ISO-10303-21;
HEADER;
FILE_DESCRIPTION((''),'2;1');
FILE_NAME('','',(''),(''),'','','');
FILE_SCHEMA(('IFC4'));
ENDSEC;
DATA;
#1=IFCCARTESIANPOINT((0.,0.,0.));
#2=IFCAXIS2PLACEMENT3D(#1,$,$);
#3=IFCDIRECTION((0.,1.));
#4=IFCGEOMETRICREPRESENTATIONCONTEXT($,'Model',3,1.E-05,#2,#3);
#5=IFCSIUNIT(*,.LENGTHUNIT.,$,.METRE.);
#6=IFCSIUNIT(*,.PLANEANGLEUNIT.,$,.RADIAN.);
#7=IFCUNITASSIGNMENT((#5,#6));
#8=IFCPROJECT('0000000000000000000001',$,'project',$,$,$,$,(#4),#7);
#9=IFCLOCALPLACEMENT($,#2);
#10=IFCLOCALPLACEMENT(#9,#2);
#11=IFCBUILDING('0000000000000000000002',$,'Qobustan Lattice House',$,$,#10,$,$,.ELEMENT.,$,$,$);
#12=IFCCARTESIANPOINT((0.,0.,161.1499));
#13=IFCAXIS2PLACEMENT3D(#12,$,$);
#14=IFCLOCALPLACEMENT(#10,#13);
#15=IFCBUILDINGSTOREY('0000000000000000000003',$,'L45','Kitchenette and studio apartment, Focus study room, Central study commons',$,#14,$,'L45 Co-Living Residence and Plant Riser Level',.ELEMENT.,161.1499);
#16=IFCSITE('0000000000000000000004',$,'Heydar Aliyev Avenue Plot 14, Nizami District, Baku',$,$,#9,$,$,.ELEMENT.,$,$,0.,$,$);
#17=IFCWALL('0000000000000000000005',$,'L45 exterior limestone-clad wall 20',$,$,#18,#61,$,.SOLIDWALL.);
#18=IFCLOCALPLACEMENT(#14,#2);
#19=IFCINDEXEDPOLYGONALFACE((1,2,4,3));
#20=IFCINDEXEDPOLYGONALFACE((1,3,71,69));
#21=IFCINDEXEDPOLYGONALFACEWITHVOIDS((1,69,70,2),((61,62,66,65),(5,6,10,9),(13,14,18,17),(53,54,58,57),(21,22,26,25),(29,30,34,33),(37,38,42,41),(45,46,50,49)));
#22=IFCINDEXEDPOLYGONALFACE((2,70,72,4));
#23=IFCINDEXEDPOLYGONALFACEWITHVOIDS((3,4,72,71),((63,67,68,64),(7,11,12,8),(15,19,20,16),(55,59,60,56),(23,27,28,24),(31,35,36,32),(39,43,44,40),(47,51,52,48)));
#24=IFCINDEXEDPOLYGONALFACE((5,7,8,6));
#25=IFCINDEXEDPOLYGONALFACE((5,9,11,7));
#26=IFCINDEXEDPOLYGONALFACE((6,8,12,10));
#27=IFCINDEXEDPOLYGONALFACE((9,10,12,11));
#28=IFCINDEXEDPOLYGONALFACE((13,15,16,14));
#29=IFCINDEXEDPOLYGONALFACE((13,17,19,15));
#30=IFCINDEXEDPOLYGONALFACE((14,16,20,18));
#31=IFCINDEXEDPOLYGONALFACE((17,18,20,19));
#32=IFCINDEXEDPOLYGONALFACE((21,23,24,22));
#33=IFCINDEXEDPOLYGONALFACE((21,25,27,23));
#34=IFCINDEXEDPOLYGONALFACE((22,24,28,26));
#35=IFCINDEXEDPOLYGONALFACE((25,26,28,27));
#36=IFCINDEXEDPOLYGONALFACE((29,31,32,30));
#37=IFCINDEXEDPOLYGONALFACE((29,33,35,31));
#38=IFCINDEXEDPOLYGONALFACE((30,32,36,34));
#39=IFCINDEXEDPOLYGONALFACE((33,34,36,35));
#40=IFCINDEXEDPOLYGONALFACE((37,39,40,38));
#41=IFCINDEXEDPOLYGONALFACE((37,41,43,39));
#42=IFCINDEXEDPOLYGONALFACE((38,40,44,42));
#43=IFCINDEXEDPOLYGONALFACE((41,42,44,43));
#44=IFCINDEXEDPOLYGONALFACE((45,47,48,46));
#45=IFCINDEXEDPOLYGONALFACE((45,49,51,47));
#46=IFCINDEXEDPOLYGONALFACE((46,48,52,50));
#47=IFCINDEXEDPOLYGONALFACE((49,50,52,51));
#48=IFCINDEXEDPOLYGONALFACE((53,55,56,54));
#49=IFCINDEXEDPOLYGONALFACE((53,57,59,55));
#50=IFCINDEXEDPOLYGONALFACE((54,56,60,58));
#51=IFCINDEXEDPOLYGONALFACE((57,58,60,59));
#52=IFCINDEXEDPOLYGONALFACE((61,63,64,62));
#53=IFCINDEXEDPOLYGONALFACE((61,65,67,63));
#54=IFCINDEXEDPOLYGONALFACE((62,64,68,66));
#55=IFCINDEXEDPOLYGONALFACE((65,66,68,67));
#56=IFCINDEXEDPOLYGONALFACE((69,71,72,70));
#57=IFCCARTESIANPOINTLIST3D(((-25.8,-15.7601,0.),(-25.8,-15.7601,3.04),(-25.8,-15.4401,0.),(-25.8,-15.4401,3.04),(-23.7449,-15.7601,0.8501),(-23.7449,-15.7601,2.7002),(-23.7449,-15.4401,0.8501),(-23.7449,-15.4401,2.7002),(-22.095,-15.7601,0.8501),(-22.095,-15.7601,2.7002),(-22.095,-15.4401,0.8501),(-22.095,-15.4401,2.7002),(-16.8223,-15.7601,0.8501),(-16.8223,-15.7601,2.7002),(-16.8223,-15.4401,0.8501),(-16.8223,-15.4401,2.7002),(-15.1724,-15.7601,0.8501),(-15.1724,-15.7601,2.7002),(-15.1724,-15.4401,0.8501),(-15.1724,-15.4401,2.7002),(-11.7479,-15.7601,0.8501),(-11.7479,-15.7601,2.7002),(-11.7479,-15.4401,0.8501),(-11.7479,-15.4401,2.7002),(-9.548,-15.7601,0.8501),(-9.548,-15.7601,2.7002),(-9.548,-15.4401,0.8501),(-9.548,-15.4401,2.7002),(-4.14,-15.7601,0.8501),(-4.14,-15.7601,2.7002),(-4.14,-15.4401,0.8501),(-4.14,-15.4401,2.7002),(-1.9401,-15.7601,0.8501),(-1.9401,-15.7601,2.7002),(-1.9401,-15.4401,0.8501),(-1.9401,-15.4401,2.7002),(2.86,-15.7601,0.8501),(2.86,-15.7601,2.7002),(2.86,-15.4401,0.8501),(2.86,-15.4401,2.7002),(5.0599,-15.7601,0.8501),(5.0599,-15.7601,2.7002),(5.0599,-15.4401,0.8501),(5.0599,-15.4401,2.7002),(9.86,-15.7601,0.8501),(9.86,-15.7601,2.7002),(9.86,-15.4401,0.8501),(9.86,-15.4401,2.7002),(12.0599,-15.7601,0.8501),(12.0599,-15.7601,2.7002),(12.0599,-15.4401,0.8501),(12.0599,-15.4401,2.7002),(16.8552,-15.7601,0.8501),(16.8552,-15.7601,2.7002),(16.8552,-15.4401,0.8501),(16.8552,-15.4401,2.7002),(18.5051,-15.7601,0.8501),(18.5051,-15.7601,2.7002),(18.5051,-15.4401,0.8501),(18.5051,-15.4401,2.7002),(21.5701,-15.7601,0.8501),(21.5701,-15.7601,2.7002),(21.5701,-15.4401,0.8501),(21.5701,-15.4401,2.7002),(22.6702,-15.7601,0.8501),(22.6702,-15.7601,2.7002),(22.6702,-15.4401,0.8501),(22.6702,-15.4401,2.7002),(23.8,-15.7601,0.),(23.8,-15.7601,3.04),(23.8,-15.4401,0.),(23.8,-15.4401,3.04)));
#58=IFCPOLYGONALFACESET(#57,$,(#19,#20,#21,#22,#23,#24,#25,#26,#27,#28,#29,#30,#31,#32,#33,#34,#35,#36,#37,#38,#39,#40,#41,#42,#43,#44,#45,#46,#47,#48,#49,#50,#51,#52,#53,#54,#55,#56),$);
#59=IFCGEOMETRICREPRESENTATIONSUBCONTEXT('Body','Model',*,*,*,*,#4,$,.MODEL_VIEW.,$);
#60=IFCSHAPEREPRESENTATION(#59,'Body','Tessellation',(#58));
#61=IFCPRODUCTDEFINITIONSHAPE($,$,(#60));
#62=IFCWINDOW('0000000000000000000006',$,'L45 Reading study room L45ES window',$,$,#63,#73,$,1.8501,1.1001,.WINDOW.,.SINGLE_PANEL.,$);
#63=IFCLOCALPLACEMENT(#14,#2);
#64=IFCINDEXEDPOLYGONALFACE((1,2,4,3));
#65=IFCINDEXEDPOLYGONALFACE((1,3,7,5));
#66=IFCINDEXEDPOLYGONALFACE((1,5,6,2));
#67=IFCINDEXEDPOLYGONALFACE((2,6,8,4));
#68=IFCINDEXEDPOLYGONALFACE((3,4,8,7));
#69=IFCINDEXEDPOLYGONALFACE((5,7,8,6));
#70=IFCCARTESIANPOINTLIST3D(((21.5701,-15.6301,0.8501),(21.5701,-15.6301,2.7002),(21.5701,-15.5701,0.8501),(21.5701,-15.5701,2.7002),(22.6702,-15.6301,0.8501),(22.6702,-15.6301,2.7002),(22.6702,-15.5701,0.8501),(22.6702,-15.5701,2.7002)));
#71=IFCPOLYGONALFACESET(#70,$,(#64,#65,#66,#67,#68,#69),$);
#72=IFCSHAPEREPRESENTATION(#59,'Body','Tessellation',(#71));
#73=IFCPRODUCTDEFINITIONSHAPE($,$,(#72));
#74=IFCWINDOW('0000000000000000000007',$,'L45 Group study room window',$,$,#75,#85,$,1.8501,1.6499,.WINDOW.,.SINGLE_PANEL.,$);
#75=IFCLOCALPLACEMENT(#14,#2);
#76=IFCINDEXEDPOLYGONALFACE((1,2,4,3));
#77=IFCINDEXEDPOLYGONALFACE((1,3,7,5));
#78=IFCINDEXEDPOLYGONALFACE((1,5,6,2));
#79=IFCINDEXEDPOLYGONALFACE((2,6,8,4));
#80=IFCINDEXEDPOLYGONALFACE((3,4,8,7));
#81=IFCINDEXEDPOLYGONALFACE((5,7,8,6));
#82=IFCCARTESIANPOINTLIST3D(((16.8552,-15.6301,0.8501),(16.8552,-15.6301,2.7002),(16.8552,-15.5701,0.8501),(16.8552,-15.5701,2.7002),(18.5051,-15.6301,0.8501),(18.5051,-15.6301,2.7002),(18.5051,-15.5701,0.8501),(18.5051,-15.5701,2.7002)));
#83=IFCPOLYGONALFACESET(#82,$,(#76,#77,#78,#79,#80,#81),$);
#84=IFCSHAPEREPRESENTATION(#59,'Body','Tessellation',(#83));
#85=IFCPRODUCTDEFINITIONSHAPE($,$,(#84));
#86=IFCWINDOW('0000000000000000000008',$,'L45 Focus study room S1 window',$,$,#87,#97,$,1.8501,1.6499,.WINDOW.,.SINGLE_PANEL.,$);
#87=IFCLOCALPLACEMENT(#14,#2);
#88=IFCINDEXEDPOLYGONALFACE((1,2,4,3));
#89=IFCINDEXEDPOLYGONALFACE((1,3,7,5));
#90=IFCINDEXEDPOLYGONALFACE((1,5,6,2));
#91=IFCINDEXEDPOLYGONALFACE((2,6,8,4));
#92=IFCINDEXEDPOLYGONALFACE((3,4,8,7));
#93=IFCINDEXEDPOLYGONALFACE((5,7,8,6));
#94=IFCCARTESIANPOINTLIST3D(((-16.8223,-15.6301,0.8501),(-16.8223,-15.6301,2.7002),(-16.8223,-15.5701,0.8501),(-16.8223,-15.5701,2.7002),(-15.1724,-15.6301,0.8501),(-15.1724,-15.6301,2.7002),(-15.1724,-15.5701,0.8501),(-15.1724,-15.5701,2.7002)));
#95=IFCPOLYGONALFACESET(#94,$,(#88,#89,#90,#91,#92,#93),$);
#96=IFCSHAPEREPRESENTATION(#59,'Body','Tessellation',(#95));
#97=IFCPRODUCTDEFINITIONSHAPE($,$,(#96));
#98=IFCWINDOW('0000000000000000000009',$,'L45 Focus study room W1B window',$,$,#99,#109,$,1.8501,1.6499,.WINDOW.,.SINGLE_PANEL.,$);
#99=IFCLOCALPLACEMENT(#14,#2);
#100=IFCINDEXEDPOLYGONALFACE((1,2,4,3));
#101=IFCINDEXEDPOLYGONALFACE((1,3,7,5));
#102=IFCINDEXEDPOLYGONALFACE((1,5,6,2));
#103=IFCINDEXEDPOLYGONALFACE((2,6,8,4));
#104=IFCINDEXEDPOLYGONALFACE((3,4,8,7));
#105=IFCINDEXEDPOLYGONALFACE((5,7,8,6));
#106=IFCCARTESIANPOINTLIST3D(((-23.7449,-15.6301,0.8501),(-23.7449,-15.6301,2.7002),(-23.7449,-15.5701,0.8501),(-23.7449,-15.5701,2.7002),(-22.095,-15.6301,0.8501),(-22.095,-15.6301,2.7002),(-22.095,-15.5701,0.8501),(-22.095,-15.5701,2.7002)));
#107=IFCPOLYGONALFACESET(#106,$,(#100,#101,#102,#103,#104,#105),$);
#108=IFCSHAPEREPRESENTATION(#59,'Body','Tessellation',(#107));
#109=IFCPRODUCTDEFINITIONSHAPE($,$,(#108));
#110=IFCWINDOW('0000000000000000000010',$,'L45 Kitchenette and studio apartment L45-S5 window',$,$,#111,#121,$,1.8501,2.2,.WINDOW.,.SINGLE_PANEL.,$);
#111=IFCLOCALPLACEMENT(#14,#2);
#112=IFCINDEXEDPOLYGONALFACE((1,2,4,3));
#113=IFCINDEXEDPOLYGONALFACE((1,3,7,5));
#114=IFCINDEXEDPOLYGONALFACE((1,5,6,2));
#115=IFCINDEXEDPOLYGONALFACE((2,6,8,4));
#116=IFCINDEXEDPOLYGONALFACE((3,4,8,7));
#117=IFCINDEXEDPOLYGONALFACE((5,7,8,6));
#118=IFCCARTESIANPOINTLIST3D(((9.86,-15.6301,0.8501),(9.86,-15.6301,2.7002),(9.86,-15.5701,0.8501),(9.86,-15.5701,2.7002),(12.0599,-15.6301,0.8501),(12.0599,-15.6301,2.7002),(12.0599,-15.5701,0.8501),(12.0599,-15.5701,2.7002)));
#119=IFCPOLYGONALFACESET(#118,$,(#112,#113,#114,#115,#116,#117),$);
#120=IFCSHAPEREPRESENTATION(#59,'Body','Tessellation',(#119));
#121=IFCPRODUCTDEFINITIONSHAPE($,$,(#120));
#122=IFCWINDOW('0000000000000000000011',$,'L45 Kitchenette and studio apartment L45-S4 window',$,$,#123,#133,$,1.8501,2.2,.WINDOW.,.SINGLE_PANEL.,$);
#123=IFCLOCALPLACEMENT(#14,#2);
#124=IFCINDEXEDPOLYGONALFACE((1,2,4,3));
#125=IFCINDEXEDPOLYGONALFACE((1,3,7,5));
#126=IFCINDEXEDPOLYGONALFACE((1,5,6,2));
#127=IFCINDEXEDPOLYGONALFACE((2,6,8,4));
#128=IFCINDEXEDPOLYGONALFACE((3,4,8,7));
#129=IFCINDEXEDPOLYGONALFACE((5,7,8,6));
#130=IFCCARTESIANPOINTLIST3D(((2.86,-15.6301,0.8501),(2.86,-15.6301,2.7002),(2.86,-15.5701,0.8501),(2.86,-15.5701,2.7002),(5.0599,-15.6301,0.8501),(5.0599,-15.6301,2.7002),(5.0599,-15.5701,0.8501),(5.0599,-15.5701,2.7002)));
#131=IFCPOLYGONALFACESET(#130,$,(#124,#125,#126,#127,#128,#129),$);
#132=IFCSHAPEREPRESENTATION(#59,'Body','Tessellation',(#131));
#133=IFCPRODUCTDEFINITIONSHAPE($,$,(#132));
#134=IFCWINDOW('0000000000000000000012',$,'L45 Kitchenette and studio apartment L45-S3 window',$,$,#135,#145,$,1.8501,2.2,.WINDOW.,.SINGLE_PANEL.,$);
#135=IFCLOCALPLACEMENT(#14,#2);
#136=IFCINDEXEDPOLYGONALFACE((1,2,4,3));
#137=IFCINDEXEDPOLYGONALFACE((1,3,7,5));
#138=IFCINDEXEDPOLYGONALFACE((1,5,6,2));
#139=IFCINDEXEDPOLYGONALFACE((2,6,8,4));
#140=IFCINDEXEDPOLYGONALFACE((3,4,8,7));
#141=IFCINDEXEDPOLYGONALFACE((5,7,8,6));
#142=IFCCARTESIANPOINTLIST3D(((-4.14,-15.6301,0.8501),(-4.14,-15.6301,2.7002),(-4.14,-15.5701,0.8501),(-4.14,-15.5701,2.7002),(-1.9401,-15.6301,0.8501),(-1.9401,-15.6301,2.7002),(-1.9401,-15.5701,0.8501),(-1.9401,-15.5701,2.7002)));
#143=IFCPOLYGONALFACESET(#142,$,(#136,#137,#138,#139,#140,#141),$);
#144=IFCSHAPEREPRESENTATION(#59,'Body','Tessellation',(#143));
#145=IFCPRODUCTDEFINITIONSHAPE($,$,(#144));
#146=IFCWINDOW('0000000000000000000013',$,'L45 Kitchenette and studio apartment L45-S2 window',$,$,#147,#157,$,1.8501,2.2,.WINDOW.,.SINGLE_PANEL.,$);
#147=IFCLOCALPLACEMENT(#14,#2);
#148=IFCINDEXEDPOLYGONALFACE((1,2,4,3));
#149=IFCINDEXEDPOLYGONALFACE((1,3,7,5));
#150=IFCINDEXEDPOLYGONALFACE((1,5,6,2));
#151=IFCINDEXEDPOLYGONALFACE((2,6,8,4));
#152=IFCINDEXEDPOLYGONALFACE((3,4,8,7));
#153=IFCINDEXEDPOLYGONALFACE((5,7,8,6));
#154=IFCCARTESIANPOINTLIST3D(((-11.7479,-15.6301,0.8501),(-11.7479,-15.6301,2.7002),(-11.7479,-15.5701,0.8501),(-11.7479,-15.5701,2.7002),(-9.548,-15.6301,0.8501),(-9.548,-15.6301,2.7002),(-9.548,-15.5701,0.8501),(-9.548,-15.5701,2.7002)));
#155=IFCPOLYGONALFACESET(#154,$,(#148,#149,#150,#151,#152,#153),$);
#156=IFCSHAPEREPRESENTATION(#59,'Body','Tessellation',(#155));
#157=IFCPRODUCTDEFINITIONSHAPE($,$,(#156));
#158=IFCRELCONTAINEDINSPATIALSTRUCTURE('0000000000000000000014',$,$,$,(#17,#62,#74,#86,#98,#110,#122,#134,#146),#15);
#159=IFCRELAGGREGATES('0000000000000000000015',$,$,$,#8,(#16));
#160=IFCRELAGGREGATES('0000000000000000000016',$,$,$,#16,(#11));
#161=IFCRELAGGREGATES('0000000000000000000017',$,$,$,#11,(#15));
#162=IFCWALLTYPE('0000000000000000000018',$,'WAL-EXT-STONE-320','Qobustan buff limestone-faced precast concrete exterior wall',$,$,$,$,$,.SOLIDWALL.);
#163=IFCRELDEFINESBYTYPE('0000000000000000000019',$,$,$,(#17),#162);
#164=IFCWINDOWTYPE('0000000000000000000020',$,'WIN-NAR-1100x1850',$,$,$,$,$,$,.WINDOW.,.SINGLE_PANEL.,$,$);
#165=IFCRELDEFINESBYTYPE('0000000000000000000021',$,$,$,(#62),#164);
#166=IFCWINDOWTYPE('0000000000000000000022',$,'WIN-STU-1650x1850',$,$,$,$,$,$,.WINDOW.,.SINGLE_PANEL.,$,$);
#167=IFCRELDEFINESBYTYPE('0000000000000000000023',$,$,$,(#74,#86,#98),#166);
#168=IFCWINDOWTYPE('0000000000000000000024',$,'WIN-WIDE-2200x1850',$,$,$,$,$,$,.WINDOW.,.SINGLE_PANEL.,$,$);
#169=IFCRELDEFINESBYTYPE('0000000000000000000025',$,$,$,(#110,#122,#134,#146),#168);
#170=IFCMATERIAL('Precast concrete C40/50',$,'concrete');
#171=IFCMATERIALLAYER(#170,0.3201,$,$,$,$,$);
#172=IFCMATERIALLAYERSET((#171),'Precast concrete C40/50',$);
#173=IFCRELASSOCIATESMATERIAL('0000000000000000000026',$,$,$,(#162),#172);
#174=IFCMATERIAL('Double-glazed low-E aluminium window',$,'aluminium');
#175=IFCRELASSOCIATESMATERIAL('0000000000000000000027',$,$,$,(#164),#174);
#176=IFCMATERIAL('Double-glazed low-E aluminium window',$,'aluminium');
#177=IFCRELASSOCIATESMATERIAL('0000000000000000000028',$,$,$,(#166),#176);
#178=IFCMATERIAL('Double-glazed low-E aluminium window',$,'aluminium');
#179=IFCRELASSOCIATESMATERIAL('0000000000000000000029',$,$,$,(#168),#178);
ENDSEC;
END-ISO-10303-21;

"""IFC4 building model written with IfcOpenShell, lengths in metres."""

from ifc_helpers import new_model, si_unit, direction, frame, frame_2d, origin, place, context, subcontext, project, spatial, rectangle, extrude, material, layer, layer_set, type_object, element, fill, save


model = new_model("IFC4")

# Units and contexts
model_context = context("Model", 3, precision=1e-05, world=origin(), true_north=direction((0.0, 1.0)))
body_context = subcontext(model_context, "Body", "Model", "MODEL_VIEW")
ifc_project = project(units=[si_unit("LENGTHUNIT", "METRE"), si_unit("PLANEANGLEUNIT", "RADIAN")], contexts=[model_context])

# Site, building, storey
site_placement = place(None, origin())
site = spatial("IfcSite", under=ifc_project, at=site_placement, Name="Heydar Aliyev Avenue Plot 14, Nizami District, Baku", CompositionType="ELEMENT", RefElevation=0.0)
building_placement = place(site_placement, origin())
building = spatial("IfcBuilding", under=site, at=building_placement, Name="Qobustan Lattice House", CompositionType="ELEMENT")
storey_placement = place(building_placement, frame((0.0, 0.0, 161.1499)))
storey = spatial("IfcBuildingStorey", under=building, at=storey_placement, Name="L45", Description="Kitchenette and studio apartment, Focus study room, Central study commons", LongName="L45 Co-Living Residence and Plant Riser Level", CompositionType="ELEMENT", Elevation=161.1499)

# Shared definitions
ifc_material_1 = material(Name="Precast concrete C40/50", Category="concrete")
ifc_layer_1 = layer(ifc_material_1, 0.3201)
ifc_layer_set_1 = layer_set([ifc_layer_1], Name="Precast concrete C40/50")
wall_type_1 = type_object("IfcWallType", Name="WAL-EXT-STONE-320", Description="Qobustan buff limestone-faced precast concrete exterior wall", PredefinedType="SOLIDWALL", material=ifc_layer_set_1)

# Wall, openings, windows
wall_1_placement = place(storey_placement, frame((23.8, -15.6001, 0.0), z_axis=(0.0, 0.0, 1.0), x_axis=(-1.0, 0.0, 0.0)))
wall_1 = element("IfcWall", 1, at=wall_1_placement, inside=storey, type_object=wall_type_1, Name="L45 exterior limestone-clad wall 20", PredefinedType="SOLIDWALL", context=body_context, shape_type="SweptSolid", body=[
    extrude(rectangle(XDim=49.6001, YDim=0.3201, at=frame_2d((24.8, 0.0))), origin(), (0.0, 0.0, 1.0), 3.04),
])
opening_1_placement = place(wall_1_placement, frame((1.1299, 0.0, 0.8501)))
opening_1 = element("IfcOpeningElement", 2, at=opening_1_placement, cuts=wall_1, PredefinedType="OPENING", context=body_context, shape_type="SweptSolid", body=[
    extrude(rectangle(XDim=1.1001, YDim=1.8501, at=frame_2d((0.55, 0.925))), frame((0.0, 0.1699, 0.0), z_axis=(0.0, -1.0, 0.0), x_axis=(1.0, 0.0, 0.0)), (0.0, 0.0, 1.0), 0.3401),
])
opening_2_placement = place(wall_1_placement, frame((5.2949, 0.0, 0.8501)))
opening_2 = element("IfcOpeningElement", 3, at=opening_2_placement, cuts=wall_1, PredefinedType="OPENING", context=body_context, shape_type="SweptSolid", body=[
    extrude(rectangle(XDim=1.6499, YDim=1.8501, at=frame_2d((0.825, 0.925))), frame((0.0, 0.1699, 0.0), z_axis=(0.0, -1.0, 0.0), x_axis=(1.0, 0.0, 0.0)), (0.0, 0.0, 1.0), 0.3401),
])
opening_3_placement = place(wall_1_placement, frame((11.74, 0.0, 0.8501)))
opening_3 = element("IfcOpeningElement", 4, at=opening_3_placement, cuts=wall_1, PredefinedType="OPENING", context=body_context, shape_type="SweptSolid", body=[
    extrude(rectangle(XDim=2.2, YDim=1.8501, at=frame_2d((1.1001, 0.925))), frame((0.0, 0.1699, 0.0), z_axis=(0.0, -1.0, 0.0), x_axis=(1.0, 0.0, 0.0)), (0.0, 0.0, 1.0), 0.3401),
])
opening_4_placement = place(wall_1_placement, frame((18.74, 0.0, 0.8501)))
opening_4 = element("IfcOpeningElement", 5, at=opening_4_placement, cuts=wall_1, PredefinedType="OPENING", context=body_context, shape_type="SweptSolid", body=[
    extrude(rectangle(XDim=2.2, YDim=1.8501, at=frame_2d((1.1001, 0.925))), frame((0.0, 0.1699, 0.0), z_axis=(0.0, -1.0, 0.0), x_axis=(1.0, 0.0, 0.0)), (0.0, 0.0, 1.0), 0.3401),
])
opening_5_placement = place(wall_1_placement, frame((25.74, 0.0, 0.8501)))
opening_5 = element("IfcOpeningElement", 6, at=opening_5_placement, cuts=wall_1, PredefinedType="OPENING", context=body_context, shape_type="SweptSolid", body=[
    extrude(rectangle(XDim=2.2, YDim=1.8501, at=frame_2d((1.1001, 0.925))), frame((0.0, 0.1699, 0.0), z_axis=(0.0, -1.0, 0.0), x_axis=(1.0, 0.0, 0.0)), (0.0, 0.0, 1.0), 0.3401),
])
opening_6_placement = place(wall_1_placement, frame((33.3479, 0.0, 0.8501)))
opening_6 = element("IfcOpeningElement", 7, at=opening_6_placement, cuts=wall_1, PredefinedType="OPENING", context=body_context, shape_type="SweptSolid", body=[
    extrude(rectangle(XDim=2.2, YDim=1.8501, at=frame_2d((1.1001, 0.925))), frame((0.0, 0.1699, 0.0), z_axis=(0.0, -1.0, 0.0), x_axis=(1.0, 0.0, 0.0)), (0.0, 0.0, 1.0), 0.3401),
])
opening_7_placement = place(wall_1_placement, frame((38.9724, 0.0, 0.8501)))
opening_7 = element("IfcOpeningElement", 8, at=opening_7_placement, cuts=wall_1, PredefinedType="OPENING", context=body_context, shape_type="SweptSolid", body=[
    extrude(rectangle(XDim=1.6499, YDim=1.8501, at=frame_2d((0.825, 0.925))), frame((0.0, 0.1699, 0.0), z_axis=(0.0, -1.0, 0.0), x_axis=(1.0, 0.0, 0.0)), (0.0, 0.0, 1.0), 0.3401),
])
opening_8_placement = place(wall_1_placement, frame((45.895, 0.0, 0.8501)))
opening_8 = element("IfcOpeningElement", 9, at=opening_8_placement, cuts=wall_1, PredefinedType="OPENING", context=body_context, shape_type="SweptSolid", body=[
    extrude(rectangle(XDim=1.6499, YDim=1.8501, at=frame_2d((0.825, 0.925))), frame((0.0, 0.1699, 0.0), z_axis=(0.0, -1.0, 0.0), x_axis=(1.0, 0.0, 0.0)), (0.0, 0.0, 1.0), 0.3401),
])
ifc_material_2 = material(Name="Double-glazed low-E aluminium window", Category="aluminium")
window_type_1 = type_object("IfcWindowType", Name="WIN-NAR-1100x1850", PartitioningType="SINGLE_PANEL", PredefinedType="WINDOW", material=ifc_material_2)
window_1_placement = place(opening_1_placement, origin())
window_1 = element("IfcWindow", 10, at=window_1_placement, inside=storey, type_object=window_type_1, Name="L45 Reading study room L45ES window", OverallHeight=1.8501, OverallWidth=1.1001, PartitioningType="SINGLE_PANEL", PredefinedType="WINDOW", context=body_context, shape_type="SweptSolid", body=[
    extrude(rectangle(XDim=1.1001, YDim=1.8501, at=frame_2d((0.55, 0.925))), frame((0.0, 0.03, 0.0), z_axis=(0.0, -1.0, 0.0), x_axis=(1.0, 0.0, 0.0)), (0.0, 0.0, 1.0), 0.0601),
])
fill(opening_1, window_1)
ifc_material_3 = material(Name="Double-glazed low-E aluminium window", Category="aluminium")
window_type_2 = type_object("IfcWindowType", Name="WIN-STU-1650x1850", PartitioningType="SINGLE_PANEL", PredefinedType="WINDOW", material=ifc_material_3)
window_2_placement = place(opening_2_placement, origin())
window_2 = element("IfcWindow", 11, at=window_2_placement, inside=storey, type_object=window_type_2, Name="L45 Group study room window", OverallHeight=1.8501, OverallWidth=1.6499, PartitioningType="SINGLE_PANEL", PredefinedType="WINDOW", context=body_context, shape_type="SweptSolid", body=[
    extrude(rectangle(XDim=1.6499, YDim=1.8501, at=frame_2d((0.825, 0.925))), frame((0.0, 0.03, 0.0), z_axis=(0.0, -1.0, 0.0), x_axis=(1.0, 0.0, 0.0)), (0.0, 0.0, 1.0), 0.0601),
])
fill(opening_2, window_2)
window_3_placement = place(opening_7_placement, origin())
window_3 = element("IfcWindow", 12, at=window_3_placement, inside=storey, type_object=window_type_2, Name="L45 Focus study room S1 window", OverallHeight=1.8501, OverallWidth=1.6499, PartitioningType="SINGLE_PANEL", PredefinedType="WINDOW", context=body_context, shape_type="SweptSolid", body=[
    extrude(rectangle(XDim=1.6499, YDim=1.8501, at=frame_2d((0.825, 0.925))), frame((0.0, 0.03, 0.0), z_axis=(0.0, -1.0, 0.0), x_axis=(1.0, 0.0, 0.0)), (0.0, 0.0, 1.0), 0.0601),
])
fill(opening_7, window_3)
window_4_placement = place(opening_8_placement, origin())
window_4 = element("IfcWindow", 13, at=window_4_placement, inside=storey, type_object=window_type_2, Name="L45 Focus study room W1B window", OverallHeight=1.8501, OverallWidth=1.6499, PartitioningType="SINGLE_PANEL", PredefinedType="WINDOW", context=body_context, shape_type="SweptSolid", body=[
    extrude(rectangle(XDim=1.6499, YDim=1.8501, at=frame_2d((0.825, 0.925))), frame((0.0, 0.03, 0.0), z_axis=(0.0, -1.0, 0.0), x_axis=(1.0, 0.0, 0.0)), (0.0, 0.0, 1.0), 0.0601),
])
fill(opening_8, window_4)
ifc_material_4 = material(Name="Double-glazed low-E aluminium window", Category="aluminium")
window_type_3 = type_object("IfcWindowType", Name="WIN-WIDE-2200x1850", PartitioningType="SINGLE_PANEL", PredefinedType="WINDOW", material=ifc_material_4)
window_5_placement = place(opening_3_placement, origin())
window_5 = element("IfcWindow", 14, at=window_5_placement, inside=storey, type_object=window_type_3, Name="L45 Kitchenette and studio apartment L45-S5 window", OverallHeight=1.8501, OverallWidth=2.2, PartitioningType="SINGLE_PANEL", PredefinedType="WINDOW", context=body_context, shape_type="SweptSolid", body=[
    extrude(rectangle(XDim=2.2, YDim=1.8501, at=frame_2d((1.1001, 0.925))), frame((0.0, 0.03, 0.0), z_axis=(0.0, -1.0, 0.0), x_axis=(1.0, 0.0, 0.0)), (0.0, 0.0, 1.0), 0.0601),
])
fill(opening_3, window_5)
window_6_placement = place(opening_4_placement, origin())
window_6 = element("IfcWindow", 15, at=window_6_placement, inside=storey, type_object=window_type_3, Name="L45 Kitchenette and studio apartment L45-S4 window", OverallHeight=1.8501, OverallWidth=2.2, PartitioningType="SINGLE_PANEL", PredefinedType="WINDOW", context=body_context, shape_type="SweptSolid", body=[
    extrude(rectangle(XDim=2.2, YDim=1.8501, at=frame_2d((1.1001, 0.925))), frame((0.0, 0.03, 0.0), z_axis=(0.0, -1.0, 0.0), x_axis=(1.0, 0.0, 0.0)), (0.0, 0.0, 1.0), 0.0601),
])
fill(opening_4, window_6)
window_7_placement = place(opening_5_placement, origin())
window_7 = element("IfcWindow", 16, at=window_7_placement, inside=storey, type_object=window_type_3, Name="L45 Kitchenette and studio apartment L45-S3 window", OverallHeight=1.8501, OverallWidth=2.2, PartitioningType="SINGLE_PANEL", PredefinedType="WINDOW", context=body_context, shape_type="SweptSolid", body=[
    extrude(rectangle(XDim=2.2, YDim=1.8501, at=frame_2d((1.1001, 0.925))), frame((0.0, 0.03, 0.0), z_axis=(0.0, -1.0, 0.0), x_axis=(1.0, 0.0, 0.0)), (0.0, 0.0, 1.0), 0.0601),
])
fill(opening_5, window_7)
window_8_placement = place(opening_6_placement, origin())
window_8 = element("IfcWindow", 17, at=window_8_placement, inside=storey, type_object=window_type_3, Name="L45 Kitchenette and studio apartment L45-S2 window", OverallHeight=1.8501, OverallWidth=2.2, PartitioningType="SINGLE_PANEL", PredefinedType="WINDOW", context=body_context, shape_type="SweptSolid", body=[
    extrude(rectangle(XDim=2.2, YDim=1.8501, at=frame_2d((1.1001, 0.925))), frame((0.0, 0.03, 0.0), z_axis=(0.0, -1.0, 0.0), x_axis=(1.0, 0.0, 0.0)), (0.0, 0.0, 1.0), 0.0601),
])
fill(opening_6, window_8)

save(model, "model.ifc")
